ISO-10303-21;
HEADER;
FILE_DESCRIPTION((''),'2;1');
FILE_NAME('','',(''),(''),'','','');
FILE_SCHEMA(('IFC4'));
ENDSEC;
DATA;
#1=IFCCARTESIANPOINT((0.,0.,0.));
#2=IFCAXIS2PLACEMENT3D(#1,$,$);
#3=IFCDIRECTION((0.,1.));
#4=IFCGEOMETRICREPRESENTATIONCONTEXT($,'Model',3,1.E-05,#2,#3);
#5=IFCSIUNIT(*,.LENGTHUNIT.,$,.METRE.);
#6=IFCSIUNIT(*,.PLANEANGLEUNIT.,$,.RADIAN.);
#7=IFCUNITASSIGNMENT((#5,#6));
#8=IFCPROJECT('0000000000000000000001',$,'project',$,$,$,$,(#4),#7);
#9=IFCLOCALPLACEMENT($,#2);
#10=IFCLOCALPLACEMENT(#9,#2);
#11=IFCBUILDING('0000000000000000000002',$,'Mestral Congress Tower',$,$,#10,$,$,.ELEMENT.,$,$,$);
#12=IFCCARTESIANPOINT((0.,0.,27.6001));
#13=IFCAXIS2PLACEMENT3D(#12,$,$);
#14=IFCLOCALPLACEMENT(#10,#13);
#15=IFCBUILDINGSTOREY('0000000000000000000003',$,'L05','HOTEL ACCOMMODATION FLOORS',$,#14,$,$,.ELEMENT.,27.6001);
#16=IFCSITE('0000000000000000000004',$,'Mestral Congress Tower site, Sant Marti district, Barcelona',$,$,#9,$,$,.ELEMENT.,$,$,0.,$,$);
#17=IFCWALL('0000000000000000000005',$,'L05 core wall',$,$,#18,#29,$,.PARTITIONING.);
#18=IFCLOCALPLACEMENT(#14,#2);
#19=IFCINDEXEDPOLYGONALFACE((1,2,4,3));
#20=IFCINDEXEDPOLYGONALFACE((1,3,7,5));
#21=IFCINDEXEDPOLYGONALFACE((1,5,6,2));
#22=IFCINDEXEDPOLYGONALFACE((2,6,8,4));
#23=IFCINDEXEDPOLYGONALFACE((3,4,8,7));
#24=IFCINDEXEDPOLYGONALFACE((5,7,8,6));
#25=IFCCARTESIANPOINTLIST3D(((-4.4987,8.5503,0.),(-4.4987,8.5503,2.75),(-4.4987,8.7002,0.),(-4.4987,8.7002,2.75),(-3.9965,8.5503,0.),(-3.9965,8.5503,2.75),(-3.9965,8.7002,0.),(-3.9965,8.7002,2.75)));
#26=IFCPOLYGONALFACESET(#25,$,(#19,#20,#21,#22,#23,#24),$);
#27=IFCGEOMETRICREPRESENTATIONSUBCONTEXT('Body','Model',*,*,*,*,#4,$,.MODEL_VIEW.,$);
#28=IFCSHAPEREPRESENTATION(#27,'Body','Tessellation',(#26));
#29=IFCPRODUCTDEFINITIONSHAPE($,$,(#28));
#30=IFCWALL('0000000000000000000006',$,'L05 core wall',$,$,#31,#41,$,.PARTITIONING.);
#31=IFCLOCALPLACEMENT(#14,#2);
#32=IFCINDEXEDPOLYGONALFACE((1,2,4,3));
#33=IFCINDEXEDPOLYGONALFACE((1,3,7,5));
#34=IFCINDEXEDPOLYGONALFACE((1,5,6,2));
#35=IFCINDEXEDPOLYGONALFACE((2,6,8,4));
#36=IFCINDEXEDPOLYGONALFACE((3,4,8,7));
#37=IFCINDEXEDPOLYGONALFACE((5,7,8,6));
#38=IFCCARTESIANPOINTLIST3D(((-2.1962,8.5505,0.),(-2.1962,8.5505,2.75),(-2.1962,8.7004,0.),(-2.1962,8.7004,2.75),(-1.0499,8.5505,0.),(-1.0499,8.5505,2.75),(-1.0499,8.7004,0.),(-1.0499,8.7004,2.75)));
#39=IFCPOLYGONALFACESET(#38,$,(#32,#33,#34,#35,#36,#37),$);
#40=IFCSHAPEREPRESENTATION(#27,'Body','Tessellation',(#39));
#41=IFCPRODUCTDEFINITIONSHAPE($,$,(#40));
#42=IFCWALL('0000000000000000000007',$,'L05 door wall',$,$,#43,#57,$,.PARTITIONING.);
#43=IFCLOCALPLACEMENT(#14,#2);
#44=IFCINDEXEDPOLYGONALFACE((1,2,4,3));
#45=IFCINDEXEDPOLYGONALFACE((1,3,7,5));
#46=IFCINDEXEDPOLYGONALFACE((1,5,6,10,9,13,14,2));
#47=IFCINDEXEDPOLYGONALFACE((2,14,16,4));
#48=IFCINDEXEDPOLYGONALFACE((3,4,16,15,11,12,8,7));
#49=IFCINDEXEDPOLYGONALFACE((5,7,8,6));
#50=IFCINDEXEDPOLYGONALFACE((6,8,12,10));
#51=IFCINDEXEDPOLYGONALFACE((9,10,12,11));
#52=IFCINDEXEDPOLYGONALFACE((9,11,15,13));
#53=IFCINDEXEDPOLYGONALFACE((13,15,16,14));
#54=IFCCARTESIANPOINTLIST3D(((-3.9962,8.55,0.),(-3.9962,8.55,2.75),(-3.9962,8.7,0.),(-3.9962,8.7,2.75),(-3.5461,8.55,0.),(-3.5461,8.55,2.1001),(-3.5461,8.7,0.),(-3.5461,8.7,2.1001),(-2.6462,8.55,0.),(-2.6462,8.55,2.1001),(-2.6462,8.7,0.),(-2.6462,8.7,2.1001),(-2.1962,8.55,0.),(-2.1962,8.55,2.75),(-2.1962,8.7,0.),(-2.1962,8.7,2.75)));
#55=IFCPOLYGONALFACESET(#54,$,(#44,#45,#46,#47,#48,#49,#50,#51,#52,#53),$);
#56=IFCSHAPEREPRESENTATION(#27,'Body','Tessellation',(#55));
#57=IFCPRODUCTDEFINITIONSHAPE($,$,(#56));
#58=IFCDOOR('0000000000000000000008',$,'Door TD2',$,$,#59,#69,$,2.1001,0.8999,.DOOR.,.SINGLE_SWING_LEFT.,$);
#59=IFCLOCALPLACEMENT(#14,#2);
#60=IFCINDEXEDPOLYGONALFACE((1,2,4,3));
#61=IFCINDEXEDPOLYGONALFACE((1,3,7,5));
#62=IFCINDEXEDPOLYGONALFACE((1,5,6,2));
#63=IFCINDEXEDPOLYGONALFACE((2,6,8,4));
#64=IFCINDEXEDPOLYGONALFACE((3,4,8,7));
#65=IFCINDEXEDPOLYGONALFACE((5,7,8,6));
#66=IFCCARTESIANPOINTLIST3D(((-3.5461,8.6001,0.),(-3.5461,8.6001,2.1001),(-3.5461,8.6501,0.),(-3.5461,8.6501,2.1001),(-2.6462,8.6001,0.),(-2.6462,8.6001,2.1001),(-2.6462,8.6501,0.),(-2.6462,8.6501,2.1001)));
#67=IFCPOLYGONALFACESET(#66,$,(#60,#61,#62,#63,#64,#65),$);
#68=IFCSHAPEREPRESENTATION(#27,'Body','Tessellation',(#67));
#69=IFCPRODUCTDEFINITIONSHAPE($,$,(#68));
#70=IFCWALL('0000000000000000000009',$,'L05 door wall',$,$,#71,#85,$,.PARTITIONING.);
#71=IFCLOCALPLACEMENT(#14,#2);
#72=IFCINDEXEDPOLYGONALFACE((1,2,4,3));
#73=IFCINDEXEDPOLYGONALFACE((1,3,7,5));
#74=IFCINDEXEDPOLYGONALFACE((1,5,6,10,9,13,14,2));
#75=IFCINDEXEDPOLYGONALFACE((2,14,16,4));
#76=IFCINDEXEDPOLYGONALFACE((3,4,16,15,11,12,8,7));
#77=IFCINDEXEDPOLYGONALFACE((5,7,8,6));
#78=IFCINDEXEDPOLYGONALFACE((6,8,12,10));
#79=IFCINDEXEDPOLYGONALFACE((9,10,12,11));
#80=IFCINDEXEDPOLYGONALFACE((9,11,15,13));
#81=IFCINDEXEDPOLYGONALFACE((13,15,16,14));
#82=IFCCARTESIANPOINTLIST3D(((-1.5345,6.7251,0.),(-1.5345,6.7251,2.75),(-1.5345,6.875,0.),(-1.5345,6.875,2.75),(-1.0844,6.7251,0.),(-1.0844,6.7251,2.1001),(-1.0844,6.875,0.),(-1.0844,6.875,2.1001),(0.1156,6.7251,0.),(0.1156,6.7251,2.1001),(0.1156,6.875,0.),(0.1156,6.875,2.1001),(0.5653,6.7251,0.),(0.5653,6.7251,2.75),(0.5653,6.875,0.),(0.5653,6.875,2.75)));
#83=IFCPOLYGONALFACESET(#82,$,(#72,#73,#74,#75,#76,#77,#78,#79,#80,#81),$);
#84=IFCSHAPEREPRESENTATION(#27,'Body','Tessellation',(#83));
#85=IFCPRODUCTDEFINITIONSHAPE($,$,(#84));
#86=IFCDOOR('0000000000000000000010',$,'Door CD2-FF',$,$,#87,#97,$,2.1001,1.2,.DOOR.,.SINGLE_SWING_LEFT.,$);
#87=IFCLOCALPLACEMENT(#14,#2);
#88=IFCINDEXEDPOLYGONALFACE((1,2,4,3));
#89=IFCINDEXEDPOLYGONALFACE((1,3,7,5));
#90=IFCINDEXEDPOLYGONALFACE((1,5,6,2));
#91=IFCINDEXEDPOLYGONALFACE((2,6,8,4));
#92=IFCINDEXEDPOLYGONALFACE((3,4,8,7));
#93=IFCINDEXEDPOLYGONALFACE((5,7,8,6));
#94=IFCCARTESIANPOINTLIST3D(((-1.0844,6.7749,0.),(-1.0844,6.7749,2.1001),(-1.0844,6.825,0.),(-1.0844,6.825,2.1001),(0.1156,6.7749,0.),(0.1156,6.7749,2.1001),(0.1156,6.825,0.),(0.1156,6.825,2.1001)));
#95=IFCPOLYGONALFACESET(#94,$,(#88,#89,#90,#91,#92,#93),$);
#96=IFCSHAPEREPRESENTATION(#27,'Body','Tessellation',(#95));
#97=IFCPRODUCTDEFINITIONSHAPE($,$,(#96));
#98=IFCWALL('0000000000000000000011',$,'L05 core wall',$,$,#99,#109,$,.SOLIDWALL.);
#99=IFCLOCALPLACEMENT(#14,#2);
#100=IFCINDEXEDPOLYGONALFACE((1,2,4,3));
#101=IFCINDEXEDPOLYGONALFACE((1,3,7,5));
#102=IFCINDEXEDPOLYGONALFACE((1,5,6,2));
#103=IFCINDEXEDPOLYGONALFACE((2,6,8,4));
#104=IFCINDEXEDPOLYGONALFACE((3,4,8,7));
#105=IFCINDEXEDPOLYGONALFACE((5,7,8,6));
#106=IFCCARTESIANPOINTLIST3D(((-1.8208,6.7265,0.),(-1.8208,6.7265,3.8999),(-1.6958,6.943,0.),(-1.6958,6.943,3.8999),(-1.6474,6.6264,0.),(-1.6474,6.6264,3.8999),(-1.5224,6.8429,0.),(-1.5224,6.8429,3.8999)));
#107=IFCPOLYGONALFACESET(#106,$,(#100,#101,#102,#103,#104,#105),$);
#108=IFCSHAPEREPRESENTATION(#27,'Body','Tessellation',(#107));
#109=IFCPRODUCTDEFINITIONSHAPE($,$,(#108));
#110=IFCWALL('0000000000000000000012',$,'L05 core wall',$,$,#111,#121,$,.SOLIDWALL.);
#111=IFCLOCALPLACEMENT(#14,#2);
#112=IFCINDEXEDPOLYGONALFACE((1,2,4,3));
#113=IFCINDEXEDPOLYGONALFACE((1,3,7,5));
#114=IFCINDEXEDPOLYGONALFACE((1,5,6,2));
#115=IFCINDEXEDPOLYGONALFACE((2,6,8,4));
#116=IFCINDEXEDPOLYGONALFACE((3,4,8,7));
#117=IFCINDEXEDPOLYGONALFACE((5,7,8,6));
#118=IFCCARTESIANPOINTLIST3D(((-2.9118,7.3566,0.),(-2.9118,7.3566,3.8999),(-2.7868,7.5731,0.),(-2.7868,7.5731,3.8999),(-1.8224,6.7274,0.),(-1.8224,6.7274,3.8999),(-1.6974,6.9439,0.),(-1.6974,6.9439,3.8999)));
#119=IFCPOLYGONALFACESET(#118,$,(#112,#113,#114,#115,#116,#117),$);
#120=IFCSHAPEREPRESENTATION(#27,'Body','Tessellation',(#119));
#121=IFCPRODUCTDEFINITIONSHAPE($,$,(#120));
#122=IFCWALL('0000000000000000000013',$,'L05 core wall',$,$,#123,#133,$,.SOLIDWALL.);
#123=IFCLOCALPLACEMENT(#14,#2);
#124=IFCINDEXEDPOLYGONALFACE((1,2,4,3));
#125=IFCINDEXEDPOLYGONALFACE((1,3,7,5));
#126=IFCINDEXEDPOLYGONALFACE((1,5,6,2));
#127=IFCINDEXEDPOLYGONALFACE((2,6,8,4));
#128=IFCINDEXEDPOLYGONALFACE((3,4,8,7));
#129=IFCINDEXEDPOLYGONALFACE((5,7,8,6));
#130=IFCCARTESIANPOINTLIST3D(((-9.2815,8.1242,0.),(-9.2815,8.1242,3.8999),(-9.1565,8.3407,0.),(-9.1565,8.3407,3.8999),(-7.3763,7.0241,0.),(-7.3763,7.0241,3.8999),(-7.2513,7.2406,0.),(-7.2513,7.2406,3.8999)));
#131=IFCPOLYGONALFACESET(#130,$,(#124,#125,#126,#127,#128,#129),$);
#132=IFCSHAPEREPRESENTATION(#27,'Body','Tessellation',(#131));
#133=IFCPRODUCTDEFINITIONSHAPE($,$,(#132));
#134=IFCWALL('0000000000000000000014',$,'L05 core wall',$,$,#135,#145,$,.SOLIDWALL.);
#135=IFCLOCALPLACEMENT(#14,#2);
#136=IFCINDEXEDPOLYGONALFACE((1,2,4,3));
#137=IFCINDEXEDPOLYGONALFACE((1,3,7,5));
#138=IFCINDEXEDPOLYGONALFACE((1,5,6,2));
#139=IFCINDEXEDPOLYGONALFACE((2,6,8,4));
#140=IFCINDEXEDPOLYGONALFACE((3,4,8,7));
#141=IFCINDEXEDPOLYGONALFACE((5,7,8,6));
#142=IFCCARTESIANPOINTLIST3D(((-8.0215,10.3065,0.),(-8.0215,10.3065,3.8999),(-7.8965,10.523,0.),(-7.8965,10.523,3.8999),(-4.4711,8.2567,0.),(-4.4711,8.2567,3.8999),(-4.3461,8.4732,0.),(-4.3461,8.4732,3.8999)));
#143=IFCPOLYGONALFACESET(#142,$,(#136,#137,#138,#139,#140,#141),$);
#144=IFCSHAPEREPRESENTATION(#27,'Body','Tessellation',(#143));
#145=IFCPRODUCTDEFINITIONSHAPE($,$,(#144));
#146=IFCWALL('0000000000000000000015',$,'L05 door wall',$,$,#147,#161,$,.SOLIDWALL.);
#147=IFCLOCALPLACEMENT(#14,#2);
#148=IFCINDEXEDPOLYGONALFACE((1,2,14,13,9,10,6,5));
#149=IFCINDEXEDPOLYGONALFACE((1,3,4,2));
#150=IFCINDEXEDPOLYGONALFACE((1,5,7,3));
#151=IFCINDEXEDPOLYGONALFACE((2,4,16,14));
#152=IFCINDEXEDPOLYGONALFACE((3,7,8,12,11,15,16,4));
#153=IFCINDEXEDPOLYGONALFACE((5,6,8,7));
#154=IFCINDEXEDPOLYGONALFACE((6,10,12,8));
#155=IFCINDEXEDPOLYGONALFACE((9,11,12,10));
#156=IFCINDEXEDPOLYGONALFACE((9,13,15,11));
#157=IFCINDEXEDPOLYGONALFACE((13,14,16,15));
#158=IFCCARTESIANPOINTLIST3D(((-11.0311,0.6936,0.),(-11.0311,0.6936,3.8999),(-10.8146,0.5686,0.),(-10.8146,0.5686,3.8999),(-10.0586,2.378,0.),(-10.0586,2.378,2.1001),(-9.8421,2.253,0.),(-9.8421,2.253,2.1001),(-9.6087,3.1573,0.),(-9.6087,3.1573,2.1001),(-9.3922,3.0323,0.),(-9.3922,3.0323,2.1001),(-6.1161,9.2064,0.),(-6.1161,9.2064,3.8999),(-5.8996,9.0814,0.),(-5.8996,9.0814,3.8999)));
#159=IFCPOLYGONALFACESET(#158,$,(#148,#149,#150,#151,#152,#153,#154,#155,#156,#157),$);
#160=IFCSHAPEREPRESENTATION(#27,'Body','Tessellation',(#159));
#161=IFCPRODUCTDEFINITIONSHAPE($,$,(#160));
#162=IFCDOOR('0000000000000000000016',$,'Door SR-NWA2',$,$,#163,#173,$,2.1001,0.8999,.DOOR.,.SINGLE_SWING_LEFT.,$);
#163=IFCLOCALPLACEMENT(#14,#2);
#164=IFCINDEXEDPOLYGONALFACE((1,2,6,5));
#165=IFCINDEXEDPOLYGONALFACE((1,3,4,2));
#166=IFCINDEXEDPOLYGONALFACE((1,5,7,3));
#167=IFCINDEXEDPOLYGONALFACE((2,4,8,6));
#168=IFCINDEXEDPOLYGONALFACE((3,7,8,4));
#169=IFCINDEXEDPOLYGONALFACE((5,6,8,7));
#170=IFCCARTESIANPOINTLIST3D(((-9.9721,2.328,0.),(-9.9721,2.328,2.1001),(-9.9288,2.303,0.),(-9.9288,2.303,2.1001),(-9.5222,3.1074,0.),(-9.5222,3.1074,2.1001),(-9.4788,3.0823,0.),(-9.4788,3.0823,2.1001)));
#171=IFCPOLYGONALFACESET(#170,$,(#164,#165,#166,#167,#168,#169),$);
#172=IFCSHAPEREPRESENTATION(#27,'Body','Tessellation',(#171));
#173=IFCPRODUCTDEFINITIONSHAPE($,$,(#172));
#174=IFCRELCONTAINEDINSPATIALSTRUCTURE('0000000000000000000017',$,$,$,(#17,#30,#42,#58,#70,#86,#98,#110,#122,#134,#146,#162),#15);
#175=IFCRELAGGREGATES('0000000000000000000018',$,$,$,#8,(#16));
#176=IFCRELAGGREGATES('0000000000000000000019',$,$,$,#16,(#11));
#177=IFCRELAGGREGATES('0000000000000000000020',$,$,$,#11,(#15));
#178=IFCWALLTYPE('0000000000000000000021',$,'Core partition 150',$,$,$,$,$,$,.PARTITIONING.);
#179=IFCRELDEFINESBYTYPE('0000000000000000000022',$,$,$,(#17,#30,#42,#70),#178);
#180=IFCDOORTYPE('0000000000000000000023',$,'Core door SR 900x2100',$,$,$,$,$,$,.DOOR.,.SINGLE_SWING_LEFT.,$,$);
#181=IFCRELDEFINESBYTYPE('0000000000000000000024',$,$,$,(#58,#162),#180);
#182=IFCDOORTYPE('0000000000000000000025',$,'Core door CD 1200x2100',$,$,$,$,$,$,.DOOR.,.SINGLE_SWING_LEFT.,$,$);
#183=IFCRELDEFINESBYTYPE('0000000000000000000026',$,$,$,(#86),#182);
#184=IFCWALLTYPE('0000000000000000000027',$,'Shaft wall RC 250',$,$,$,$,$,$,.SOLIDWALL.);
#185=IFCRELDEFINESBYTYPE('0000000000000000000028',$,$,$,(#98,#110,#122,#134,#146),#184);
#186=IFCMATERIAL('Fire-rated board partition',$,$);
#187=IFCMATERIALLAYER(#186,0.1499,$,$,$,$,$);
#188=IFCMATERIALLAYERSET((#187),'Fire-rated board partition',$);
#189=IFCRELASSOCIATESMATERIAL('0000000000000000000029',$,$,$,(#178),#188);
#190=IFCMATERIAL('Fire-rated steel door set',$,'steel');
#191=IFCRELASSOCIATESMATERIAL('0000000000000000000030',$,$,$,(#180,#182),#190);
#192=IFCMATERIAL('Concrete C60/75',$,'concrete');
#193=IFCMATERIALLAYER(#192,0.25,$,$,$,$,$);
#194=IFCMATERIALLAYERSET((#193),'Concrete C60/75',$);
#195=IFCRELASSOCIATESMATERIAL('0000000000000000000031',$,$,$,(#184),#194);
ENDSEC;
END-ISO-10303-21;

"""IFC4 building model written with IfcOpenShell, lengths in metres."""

from ifc_helpers import new_model, si_unit, direction, frame, frame_2d, origin, place, context, subcontext, project, spatial, rectangle, extrude, material, layer, layer_set, type_object, element, fill, save


model = new_model("IFC4")

# Units and contexts
model_context = context("Model", 3, precision=1e-05, world=origin(), true_north=direction((0.0, 1.0)))
body_context = subcontext(model_context, "Body", "Model", "MODEL_VIEW")
ifc_project = project(units=[si_unit("LENGTHUNIT", "METRE"), si_unit("PLANEANGLEUNIT", "RADIAN")], contexts=[model_context])

# Site, building, storey
site_placement = place(None, origin())
site = spatial("IfcSite", under=ifc_project, at=site_placement, Name="Mestral Congress Tower site, Sant Marti district, Barcelona", CompositionType="ELEMENT", RefElevation=0.0)
building_placement = place(site_placement, origin())
building = spatial("IfcBuilding", under=site, at=building_placement, Name="Mestral Congress Tower", CompositionType="ELEMENT")
storey_placement = place(building_placement, frame((0.0, 0.0, 27.6001)))
storey = spatial("IfcBuildingStorey", under=building, at=storey_placement, Name="L05", Description="HOTEL ACCOMMODATION FLOORS", CompositionType="ELEMENT", Elevation=27.6001)

# Walls
ifc_material_1 = material(Name="Fire-rated board partition")
ifc_layer_1 = layer(ifc_material_1, 0.1499)
ifc_layer_set_1 = layer_set([ifc_layer_1], Name="Fire-rated board partition")
wall_type_1 = type_object("IfcWallType", Name="Core partition 150", PredefinedType="PARTITIONING", material=ifc_layer_set_1)
wall_1_placement = place(storey_placement, frame((-3.9966, 8.6252, 0.0), z_axis=(0.0, 0.0, 1.0), x_axis=(-1.0, 0.0, 0.0)))
element("IfcWall", 1, at=wall_1_placement, inside=storey, type_object=wall_type_1, Name="L05 core wall", PredefinedType="PARTITIONING", context=body_context, shape_type="SweptSolid", body=[
    extrude(rectangle(XDim=0.5022, YDim=0.1499, at=frame_2d((0.251, 0.0))), origin(), (0.0, 0.0, 1.0), 2.75),
])
wall_2_placement = place(storey_placement, frame((-2.1963, 8.6255, 0.0), z_axis=(0.0, 0.0, 1.0), x_axis=(1.0, 0.0, 0.0)))
element("IfcWall", 2, at=wall_2_placement, inside=storey, type_object=wall_type_1, Name="L05 core wall", PredefinedType="PARTITIONING", context=body_context, shape_type="SweptSolid", body=[
    extrude(rectangle(XDim=1.1462, YDim=0.1499, at=frame_2d((0.5732, 0.0))), origin(), (0.0, 0.0, 1.0), 2.75),
])

# Walls, openings, doors
wall_3_placement = place(storey_placement, frame((-2.1963, 8.625, 0.0), z_axis=(0.0, 0.0, 1.0), x_axis=(-1.0, 0.0, 0.0)))
wall_3 = element("IfcWall", 3, at=wall_3_placement, inside=storey, type_object=wall_type_1, Name="L05 door wall", PredefinedType="PARTITIONING", context=body_context, shape_type="SweptSolid", body=[
    extrude(rectangle(XDim=1.8, YDim=0.1499, at=frame_2d((0.8999, 0.0))), origin(), (0.0, 0.0, 1.0), 2.75),
])
opening_1_placement = place(wall_3_placement, frame((0.45, 0.0, 0.0)))
opening_1 = element("IfcOpeningElement", 4, at=opening_1_placement, cuts=wall_3, PredefinedType="OPENING", context=body_context, shape_type="SweptSolid", body=[
    extrude(rectangle(XDim=0.8999, YDim=2.1001, at=frame_2d((0.45, 1.05))), frame((0.0, 0.085, 0.0), z_axis=(0.0, -1.0, 0.0), x_axis=(1.0, 0.0, 0.0)), (0.0, 0.0, 1.0), 0.1699),
])
ifc_material_2 = material(Name="Fire-rated steel door set", Category="steel")
door_type_1 = type_object("IfcDoorType", Name="Core door SR 900x2100", OperationType="SINGLE_SWING_LEFT", PredefinedType="DOOR", material=ifc_material_2)
door_1_placement = place(opening_1_placement, origin())
door_1 = element("IfcDoor", 5, at=door_1_placement, inside=storey, type_object=door_type_1, Name="Door TD2", OperationType="SINGLE_SWING_LEFT", OverallHeight=2.1001, OverallWidth=0.8999, PredefinedType="DOOR", context=body_context, shape_type="SweptSolid", body=[
    extrude(rectangle(XDim=0.8999, YDim=2.1001, at=frame_2d((0.45, 1.05))), frame((0.0, 0.0249, 0.0), z_axis=(0.0, -1.0, 0.0), x_axis=(1.0, 0.0, 0.0)), (0.0, 0.0, 1.0), 0.05),
])
fill(opening_1, door_1)
wall_4_placement = place(storey_placement, frame((-1.5344, 6.8, 0.0), z_axis=(0.0, 0.0, 1.0), x_axis=(1.0, 0.0, 0.0)))
wall_4 = element("IfcWall", 6, at=wall_4_placement, inside=storey, type_object=wall_type_1, Name="L05 door wall", PredefinedType="PARTITIONING", context=body_context, shape_type="SweptSolid", body=[
    extrude(rectangle(XDim=2.0999, YDim=0.1499, at=frame_2d((1.0498, 0.0))), origin(), (0.0, 0.0, 1.0), 2.75),
])
opening_2_placement = place(wall_4_placement, frame((0.45, 0.0, 0.0)))
opening_2 = element("IfcOpeningElement", 7, at=opening_2_placement, cuts=wall_4, PredefinedType="OPENING", context=body_context, shape_type="SweptSolid", body=[
    extrude(rectangle(XDim=1.2, YDim=2.1001, at=frame_2d((0.6001, 1.05))), frame((0.0, 0.085, 0.0), z_axis=(0.0, -1.0, 0.0), x_axis=(1.0, 0.0, 0.0)), (0.0, 0.0, 1.0), 0.1699),
])
door_type_2 = type_object("IfcDoorType", Name="Core door CD 1200x2100", OperationType="SINGLE_SWING_LEFT", PredefinedType="DOOR", material=ifc_material_2)
door_2_placement = place(opening_2_placement, origin())
door_2 = element("IfcDoor", 8, at=door_2_placement, inside=storey, type_object=door_type_2, Name="Door CD2-FF", OperationType="SINGLE_SWING_LEFT", OverallHeight=2.1001, OverallWidth=1.2, PredefinedType="DOOR", context=body_context, shape_type="SweptSolid", body=[
    extrude(rectangle(XDim=1.2, YDim=2.1001, at=frame_2d((0.6001, 1.05))), frame((0.0, 0.0249, 0.0), z_axis=(0.0, -1.0, 0.0), x_axis=(1.0, 0.0, 0.0)), (0.0, 0.0, 1.0), 0.05),
])
fill(opening_2, door_2)

# Walls
ifc_material_3 = material(Name="Concrete C60/75", Category="concrete")
ifc_layer_2 = layer(ifc_material_3, 0.25)
ifc_layer_set_2 = layer_set([ifc_layer_2], Name="Concrete C60/75")
wall_type_2 = type_object("IfcWallType", Name="Shaft wall RC 250", PredefinedType="SOLIDWALL", material=ifc_layer_set_2)
wall_5_placement = place(storey_placement, frame((-1.7583, 6.8347, 0.0), z_axis=(0.0, 0.0, 1.0), x_axis=(0.865982, -0.500074, 0.0)))
element("IfcWall", 9, at=wall_5_placement, inside=storey, type_object=wall_type_2, Name="L05 core wall", PredefinedType="SOLIDWALL", context=body_context, shape_type="SweptSolid", body=[
    extrude(rectangle(XDim=0.2002, YDim=0.25, at=frame_2d((0.1001, 0.0))), origin(), (0.0, 0.0, 1.0), 3.8999),
])
wall_6_placement = place(storey_placement, frame((-1.76, 6.8357, 0.0), z_axis=(0.0, 0.0, 1.0), x_axis=(-0.865953, 0.500126, 0.0)))
element("IfcWall", 10, at=wall_6_placement, inside=storey, type_object=wall_type_2, Name="L05 core wall", PredefinedType="SOLIDWALL", context=body_context, shape_type="SweptSolid", body=[
    extrude(rectangle(XDim=1.2581, YDim=0.25, at=frame_2d((0.6289, 0.0))), origin(), (0.0, 0.0, 1.0), 3.8999),
])
wall_7_placement = place(storey_placement, frame((-7.3137, 7.1323, 0.0), z_axis=(0.0, 0.0, 1.0), x_axis=(-0.866008, 0.50003, 0.0)))
element("IfcWall", 11, at=wall_7_placement, inside=storey, type_object=wall_type_2, Name="L05 core wall", PredefinedType="SOLIDWALL", context=body_context, shape_type="SweptSolid", body=[
    extrude(rectangle(XDim=2.2, YDim=0.25, at=frame_2d((1.1001, 0.0))), origin(), (0.0, 0.0, 1.0), 3.8999),
])
wall_8_placement = place(storey_placement, frame((-7.959, 10.4148, 0.0), z_axis=(0.0, 0.0, 1.0), x_axis=(0.866021, -0.500008, 0.0)))
element("IfcWall", 12, at=wall_8_placement, inside=storey, type_object=wall_type_2, Name="L05 core wall", PredefinedType="SOLIDWALL", context=body_context, shape_type="SweptSolid", body=[
    extrude(rectangle(XDim=4.0996, YDim=0.25, at=frame_2d((2.0498, 0.0))), origin(), (0.0, 0.0, 1.0), 3.8999),
])

# Wall, opening, door
wall_9_placement = place(storey_placement, frame((-6.0078, 9.144, 0.0), z_axis=(0.0, 0.0, 1.0), x_axis=(-0.500007, -0.866021, 0.0)))
wall_9 = element("IfcWall", 13, at=wall_9_placement, inside=storey, type_object=wall_type_2, Name="L05 door wall", PredefinedType="SOLIDWALL", context=body_context, shape_type="SweptSolid", body=[
    extrude(rectangle(XDim=9.8298, YDim=0.25, at=frame_2d((4.915, 0.0))), origin(), (0.0, 0.0, 1.0), 3.8999),
])
opening_3_placement = place(wall_9_placement, frame((6.9851, 0.0, 0.0)))
opening_3 = element("IfcOpeningElement", 14, at=opening_3_placement, cuts=wall_9, PredefinedType="OPENING", context=body_context, shape_type="SweptSolid", body=[
    extrude(rectangle(XDim=0.8999, YDim=2.1001, at=frame_2d((0.45, 1.05))), frame((0.0, 0.135, 0.0), z_axis=(0.0, -1.0, 0.0), x_axis=(1.0, 0.0, 0.0)), (0.0, 0.0, 1.0), 0.27),
])
door_3_placement = place(opening_3_placement, origin())
door_3 = element("IfcDoor", 15, at=door_3_placement, inside=storey, type_object=door_type_1, Name="Door SR-NWA2", OperationType="SINGLE_SWING_LEFT", OverallHeight=2.1001, OverallWidth=0.8999, PredefinedType="DOOR", context=body_context, shape_type="SweptSolid", body=[
    extrude(rectangle(XDim=0.8999, YDim=2.1001, at=frame_2d((0.45, 1.05))), frame((0.0, 0.0249, 0.0), z_axis=(0.0, -1.0, 0.0), x_axis=(1.0, 0.0, 0.0)), (0.0, 0.0, 1.0), 0.05),
])
fill(opening_3, door_3)

save(model, "model.ifc")
